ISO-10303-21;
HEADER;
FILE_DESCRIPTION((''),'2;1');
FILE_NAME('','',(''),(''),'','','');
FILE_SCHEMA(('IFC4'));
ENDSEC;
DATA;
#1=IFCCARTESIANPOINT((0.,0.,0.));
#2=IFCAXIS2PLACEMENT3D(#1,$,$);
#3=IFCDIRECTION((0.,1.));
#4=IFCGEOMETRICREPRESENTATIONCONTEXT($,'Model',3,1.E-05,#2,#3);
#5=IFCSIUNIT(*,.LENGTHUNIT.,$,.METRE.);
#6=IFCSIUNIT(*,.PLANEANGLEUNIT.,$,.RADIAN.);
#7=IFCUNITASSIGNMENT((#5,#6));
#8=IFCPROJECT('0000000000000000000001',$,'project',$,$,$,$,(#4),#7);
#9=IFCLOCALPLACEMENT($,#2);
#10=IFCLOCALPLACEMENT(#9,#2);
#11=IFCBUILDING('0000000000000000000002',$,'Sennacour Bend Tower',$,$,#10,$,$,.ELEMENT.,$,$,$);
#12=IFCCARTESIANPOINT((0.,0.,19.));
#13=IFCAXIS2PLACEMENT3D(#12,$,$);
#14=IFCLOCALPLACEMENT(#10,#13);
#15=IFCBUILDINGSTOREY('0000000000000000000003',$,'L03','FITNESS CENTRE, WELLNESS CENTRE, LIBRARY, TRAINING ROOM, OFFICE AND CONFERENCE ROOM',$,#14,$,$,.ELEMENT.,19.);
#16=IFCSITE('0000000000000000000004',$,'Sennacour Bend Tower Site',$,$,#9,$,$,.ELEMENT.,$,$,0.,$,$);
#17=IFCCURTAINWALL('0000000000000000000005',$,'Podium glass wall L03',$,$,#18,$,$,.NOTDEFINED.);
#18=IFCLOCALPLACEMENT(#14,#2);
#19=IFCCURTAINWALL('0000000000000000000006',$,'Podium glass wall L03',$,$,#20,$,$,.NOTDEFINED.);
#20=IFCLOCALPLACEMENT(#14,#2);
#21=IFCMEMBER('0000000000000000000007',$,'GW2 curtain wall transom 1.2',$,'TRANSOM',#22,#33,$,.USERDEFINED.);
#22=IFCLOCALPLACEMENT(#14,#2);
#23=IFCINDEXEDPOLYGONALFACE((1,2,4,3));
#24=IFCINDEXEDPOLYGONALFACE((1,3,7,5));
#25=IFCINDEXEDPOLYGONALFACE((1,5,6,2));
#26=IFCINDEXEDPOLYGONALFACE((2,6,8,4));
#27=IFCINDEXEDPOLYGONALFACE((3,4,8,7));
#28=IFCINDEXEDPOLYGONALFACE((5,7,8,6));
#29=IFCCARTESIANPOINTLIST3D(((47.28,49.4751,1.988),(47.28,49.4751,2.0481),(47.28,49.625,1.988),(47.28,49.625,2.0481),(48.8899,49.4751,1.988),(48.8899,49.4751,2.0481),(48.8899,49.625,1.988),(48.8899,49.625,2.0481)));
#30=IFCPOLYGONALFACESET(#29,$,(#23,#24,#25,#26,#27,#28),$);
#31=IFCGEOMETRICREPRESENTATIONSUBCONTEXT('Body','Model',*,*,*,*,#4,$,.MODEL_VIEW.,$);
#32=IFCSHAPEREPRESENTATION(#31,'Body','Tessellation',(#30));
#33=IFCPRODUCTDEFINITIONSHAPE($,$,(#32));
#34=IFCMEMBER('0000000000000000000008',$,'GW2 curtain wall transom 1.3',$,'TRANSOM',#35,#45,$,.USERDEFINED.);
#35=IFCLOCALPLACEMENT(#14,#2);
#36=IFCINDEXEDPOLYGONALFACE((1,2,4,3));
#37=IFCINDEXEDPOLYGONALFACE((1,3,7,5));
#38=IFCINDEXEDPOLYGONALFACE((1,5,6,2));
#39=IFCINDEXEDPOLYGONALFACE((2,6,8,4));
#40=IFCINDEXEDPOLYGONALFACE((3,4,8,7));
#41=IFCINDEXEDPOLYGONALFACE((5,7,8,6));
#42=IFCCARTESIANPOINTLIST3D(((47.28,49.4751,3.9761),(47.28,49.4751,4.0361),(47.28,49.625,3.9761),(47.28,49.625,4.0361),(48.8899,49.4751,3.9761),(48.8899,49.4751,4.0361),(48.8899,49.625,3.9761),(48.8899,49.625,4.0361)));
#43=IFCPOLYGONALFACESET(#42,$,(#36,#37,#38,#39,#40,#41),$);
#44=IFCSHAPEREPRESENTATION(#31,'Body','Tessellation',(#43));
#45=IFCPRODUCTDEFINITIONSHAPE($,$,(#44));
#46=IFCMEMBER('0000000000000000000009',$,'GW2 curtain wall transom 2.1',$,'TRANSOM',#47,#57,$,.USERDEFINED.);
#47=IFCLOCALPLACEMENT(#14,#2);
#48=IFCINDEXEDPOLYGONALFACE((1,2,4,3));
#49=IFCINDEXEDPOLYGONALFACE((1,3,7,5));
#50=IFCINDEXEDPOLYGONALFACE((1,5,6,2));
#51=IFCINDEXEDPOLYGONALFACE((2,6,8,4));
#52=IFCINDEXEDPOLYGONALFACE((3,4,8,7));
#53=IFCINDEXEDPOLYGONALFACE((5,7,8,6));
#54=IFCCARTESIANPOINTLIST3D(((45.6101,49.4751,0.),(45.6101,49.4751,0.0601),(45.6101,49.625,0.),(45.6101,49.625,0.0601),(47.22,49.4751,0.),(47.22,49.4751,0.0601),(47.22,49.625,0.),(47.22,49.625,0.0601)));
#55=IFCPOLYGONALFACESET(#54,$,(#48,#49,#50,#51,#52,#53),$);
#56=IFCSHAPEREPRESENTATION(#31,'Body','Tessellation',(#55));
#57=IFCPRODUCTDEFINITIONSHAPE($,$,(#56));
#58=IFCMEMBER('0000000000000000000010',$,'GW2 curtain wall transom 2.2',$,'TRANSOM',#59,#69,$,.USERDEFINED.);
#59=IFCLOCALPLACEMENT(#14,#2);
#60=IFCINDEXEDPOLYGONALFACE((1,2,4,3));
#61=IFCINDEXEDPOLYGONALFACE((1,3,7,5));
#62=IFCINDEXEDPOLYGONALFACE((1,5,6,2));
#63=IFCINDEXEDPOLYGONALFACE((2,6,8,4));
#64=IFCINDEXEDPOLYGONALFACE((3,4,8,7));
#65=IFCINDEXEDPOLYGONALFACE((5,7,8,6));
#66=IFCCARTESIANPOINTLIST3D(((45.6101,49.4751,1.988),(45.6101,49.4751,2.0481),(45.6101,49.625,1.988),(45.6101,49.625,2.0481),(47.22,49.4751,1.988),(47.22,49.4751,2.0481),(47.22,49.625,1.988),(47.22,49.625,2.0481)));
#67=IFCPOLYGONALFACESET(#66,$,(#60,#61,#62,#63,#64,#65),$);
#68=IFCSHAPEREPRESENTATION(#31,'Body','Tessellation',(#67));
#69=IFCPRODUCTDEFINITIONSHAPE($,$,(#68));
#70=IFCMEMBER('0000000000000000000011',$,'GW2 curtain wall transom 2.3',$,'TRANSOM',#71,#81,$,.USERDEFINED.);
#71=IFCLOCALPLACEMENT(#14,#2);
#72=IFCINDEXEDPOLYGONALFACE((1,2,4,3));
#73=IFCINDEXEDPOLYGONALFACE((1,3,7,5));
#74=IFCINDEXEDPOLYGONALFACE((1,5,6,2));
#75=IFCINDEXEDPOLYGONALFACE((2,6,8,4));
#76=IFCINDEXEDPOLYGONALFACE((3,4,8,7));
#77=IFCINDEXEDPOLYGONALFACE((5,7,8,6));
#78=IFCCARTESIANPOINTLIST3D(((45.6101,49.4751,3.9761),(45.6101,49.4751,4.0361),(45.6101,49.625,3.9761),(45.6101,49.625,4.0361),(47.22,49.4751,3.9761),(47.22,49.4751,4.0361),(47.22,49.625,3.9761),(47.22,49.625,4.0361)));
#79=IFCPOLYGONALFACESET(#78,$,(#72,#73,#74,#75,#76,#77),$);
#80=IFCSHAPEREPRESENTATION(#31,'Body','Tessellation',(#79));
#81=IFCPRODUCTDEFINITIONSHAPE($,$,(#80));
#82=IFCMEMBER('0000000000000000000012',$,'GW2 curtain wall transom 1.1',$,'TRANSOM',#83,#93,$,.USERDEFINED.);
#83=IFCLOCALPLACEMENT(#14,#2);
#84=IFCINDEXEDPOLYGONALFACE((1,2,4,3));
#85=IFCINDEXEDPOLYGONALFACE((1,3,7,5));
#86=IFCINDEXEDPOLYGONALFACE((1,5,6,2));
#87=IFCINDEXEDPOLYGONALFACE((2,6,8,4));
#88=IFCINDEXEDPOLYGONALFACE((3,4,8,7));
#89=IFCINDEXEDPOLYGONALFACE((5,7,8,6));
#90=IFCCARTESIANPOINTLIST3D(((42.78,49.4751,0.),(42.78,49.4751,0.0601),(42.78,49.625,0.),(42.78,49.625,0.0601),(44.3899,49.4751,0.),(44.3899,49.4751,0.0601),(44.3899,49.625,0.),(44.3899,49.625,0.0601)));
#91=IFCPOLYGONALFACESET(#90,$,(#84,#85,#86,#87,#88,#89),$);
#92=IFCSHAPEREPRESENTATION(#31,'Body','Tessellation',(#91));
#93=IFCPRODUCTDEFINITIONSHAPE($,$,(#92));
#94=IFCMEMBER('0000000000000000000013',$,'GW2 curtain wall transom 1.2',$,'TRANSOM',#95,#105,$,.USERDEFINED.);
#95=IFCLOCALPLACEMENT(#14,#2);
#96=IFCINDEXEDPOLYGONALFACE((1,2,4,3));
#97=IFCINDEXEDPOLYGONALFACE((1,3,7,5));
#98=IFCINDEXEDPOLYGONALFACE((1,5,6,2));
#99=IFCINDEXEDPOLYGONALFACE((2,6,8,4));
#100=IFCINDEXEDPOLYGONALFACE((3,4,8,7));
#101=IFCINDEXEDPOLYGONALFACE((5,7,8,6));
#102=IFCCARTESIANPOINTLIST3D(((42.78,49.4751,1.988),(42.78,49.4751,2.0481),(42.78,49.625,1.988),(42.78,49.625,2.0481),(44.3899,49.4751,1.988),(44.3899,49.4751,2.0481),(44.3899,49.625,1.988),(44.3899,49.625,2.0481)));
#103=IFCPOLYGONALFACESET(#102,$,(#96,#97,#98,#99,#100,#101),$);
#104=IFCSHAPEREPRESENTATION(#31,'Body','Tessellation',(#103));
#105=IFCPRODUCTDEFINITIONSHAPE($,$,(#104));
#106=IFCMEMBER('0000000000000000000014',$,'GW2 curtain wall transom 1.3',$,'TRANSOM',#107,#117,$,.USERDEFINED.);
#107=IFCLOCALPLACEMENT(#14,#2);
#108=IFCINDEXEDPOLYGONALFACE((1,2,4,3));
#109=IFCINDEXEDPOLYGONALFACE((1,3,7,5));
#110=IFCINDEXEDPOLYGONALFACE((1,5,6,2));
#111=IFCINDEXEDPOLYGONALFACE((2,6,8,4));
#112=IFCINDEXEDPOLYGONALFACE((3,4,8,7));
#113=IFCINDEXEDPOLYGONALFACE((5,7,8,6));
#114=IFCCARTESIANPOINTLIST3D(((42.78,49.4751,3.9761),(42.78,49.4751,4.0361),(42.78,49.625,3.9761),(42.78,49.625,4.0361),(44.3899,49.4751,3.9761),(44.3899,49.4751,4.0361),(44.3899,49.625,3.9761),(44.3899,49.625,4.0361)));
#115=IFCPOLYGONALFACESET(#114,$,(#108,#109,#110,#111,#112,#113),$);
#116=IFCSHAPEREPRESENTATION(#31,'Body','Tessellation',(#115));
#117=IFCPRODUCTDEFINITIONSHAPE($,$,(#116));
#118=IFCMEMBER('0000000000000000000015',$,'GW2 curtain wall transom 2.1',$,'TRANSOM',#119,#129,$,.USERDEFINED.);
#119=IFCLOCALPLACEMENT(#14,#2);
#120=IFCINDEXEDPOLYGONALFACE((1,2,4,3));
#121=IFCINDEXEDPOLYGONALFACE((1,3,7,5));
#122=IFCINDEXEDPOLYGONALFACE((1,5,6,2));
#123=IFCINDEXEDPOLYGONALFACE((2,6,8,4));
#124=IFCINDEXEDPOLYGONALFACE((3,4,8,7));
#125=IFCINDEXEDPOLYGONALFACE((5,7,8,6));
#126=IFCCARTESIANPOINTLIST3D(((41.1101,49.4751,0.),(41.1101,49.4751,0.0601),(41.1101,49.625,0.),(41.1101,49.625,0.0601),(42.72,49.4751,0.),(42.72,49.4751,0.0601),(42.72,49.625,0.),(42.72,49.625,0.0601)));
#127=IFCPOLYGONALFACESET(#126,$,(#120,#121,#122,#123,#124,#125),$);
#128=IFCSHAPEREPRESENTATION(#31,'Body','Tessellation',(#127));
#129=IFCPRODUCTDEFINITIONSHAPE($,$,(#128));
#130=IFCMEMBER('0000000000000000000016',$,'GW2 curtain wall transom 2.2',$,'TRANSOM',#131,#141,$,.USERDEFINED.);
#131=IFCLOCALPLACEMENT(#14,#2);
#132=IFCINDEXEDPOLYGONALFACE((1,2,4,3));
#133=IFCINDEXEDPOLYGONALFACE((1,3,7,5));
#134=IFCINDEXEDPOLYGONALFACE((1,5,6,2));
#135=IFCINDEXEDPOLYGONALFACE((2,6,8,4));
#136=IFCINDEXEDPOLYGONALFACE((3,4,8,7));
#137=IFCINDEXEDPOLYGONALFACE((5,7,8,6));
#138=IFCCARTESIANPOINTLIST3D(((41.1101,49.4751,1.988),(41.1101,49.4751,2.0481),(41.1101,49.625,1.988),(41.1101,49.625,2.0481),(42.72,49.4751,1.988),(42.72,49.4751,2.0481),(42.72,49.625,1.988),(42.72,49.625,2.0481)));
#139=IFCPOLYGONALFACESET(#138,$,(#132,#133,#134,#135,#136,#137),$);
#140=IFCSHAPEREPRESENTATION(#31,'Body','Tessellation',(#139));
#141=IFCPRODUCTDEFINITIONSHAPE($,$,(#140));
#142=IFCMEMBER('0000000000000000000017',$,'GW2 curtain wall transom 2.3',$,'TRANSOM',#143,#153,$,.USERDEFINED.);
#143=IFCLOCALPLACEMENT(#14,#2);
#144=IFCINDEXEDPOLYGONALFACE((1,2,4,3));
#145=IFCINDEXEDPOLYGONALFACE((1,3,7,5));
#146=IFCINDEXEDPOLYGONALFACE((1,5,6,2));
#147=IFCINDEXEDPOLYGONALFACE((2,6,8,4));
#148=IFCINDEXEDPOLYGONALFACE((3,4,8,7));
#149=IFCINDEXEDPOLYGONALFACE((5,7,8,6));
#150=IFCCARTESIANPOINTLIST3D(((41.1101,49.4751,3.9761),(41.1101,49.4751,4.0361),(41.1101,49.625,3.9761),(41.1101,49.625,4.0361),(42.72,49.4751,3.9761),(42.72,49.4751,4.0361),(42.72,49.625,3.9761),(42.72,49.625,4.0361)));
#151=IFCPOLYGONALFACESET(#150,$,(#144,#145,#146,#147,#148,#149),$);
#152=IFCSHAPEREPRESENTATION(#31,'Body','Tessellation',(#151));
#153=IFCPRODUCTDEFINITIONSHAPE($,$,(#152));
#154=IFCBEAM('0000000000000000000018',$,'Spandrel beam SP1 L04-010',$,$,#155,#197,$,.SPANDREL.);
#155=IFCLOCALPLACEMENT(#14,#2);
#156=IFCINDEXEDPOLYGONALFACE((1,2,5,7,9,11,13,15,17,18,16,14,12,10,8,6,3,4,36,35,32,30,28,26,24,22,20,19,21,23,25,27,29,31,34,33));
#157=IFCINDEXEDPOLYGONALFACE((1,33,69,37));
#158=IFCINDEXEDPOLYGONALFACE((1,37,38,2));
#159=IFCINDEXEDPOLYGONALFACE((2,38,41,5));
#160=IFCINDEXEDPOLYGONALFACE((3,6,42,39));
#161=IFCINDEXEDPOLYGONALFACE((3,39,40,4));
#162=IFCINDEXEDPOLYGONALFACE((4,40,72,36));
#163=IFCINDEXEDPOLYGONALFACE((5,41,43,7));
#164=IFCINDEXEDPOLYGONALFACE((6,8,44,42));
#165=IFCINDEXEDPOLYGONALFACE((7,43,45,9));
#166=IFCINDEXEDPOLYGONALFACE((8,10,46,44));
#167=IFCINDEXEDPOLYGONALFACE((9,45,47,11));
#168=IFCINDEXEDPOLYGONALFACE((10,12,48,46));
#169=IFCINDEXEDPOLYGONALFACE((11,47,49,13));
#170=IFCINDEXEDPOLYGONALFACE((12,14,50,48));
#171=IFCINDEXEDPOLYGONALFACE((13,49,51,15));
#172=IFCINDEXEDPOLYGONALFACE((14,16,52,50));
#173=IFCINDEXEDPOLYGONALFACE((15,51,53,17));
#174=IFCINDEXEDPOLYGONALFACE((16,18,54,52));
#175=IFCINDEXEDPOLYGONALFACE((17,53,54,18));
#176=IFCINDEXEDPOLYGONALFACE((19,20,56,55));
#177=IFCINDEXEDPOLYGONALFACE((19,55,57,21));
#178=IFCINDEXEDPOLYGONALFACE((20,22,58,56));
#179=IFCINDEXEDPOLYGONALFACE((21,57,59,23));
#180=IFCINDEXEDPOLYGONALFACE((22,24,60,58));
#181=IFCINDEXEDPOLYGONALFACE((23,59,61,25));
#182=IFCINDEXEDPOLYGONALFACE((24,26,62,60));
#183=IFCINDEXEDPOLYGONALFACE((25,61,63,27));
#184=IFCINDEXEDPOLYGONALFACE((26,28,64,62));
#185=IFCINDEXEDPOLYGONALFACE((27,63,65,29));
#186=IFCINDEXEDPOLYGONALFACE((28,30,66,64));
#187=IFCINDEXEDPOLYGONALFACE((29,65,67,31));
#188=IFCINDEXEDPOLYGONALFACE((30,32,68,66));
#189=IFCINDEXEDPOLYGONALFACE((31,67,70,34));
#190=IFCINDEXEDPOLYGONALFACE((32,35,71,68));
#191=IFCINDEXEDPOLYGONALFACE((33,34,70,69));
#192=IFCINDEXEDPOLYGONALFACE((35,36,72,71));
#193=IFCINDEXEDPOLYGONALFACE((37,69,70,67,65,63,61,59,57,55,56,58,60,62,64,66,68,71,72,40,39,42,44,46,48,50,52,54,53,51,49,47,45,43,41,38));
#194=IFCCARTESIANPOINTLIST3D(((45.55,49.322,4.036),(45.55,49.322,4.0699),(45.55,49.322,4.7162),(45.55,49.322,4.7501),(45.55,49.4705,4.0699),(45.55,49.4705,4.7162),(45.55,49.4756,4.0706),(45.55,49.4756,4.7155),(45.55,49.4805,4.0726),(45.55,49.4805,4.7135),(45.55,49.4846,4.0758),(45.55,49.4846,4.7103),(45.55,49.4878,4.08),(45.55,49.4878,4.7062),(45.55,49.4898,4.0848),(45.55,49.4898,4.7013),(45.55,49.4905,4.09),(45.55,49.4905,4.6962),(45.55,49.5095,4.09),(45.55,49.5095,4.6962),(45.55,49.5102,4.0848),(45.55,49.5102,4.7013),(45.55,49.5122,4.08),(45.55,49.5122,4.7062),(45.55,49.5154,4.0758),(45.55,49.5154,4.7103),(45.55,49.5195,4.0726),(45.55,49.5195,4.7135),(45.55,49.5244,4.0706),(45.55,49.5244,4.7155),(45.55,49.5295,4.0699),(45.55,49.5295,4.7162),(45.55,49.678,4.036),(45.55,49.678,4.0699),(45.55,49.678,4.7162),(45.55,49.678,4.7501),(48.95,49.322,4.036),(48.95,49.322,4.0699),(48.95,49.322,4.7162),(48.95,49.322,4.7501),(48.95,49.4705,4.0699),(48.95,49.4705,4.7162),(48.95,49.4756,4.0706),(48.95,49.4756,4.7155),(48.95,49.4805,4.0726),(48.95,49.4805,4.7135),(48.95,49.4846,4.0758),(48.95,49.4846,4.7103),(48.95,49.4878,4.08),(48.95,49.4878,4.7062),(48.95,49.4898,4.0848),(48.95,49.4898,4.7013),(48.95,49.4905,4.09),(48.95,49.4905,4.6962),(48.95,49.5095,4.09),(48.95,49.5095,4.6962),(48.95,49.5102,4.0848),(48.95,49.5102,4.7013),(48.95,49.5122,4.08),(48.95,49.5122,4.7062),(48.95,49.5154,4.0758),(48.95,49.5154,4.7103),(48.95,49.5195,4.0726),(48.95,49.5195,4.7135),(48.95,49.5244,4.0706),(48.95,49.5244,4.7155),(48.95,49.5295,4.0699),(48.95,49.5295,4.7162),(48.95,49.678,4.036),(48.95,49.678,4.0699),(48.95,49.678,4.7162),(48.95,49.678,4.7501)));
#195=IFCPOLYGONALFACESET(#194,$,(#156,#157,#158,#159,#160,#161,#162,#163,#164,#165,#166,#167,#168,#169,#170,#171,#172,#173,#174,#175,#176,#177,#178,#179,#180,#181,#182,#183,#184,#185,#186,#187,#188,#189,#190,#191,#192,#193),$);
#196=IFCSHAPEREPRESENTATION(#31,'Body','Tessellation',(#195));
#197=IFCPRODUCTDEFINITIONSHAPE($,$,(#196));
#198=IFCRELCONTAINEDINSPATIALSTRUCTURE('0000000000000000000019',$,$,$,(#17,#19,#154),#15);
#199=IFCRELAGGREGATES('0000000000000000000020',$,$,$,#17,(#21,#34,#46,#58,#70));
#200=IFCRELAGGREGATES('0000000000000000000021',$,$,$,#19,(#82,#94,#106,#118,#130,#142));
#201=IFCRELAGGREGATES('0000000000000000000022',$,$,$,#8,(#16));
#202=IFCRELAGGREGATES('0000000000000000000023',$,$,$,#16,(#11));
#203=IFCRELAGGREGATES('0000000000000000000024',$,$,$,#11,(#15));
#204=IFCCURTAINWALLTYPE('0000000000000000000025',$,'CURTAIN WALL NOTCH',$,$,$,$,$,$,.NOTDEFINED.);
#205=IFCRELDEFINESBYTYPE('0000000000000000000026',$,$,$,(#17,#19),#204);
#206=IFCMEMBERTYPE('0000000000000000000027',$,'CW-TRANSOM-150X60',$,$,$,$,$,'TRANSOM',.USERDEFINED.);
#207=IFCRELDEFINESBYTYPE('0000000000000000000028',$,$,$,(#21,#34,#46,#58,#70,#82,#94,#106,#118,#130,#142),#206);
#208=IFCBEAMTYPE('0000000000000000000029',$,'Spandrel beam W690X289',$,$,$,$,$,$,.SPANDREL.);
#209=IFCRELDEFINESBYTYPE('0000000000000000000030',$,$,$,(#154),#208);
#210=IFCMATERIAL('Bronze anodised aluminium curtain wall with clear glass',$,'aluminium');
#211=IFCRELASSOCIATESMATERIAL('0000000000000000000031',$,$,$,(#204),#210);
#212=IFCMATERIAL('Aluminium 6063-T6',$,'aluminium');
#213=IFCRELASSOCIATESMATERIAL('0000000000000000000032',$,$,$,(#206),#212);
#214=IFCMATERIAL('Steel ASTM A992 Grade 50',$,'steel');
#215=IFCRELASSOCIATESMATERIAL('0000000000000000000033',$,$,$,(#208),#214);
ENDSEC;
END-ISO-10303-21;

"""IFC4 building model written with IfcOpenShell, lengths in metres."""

from ifc_helpers import new_model, si_unit, direction, frame, origin, origin_2d, place, context, subcontext, project, spatial, rectangle, i_section, extrude, material, material_profile, profile_set, type_object, element, aggregate, save


model = new_model("IFC4")

# Units and contexts
model_context = context("Model", 3, precision=1e-05, world=origin(), true_north=direction((0.0, 1.0)))
body_context = subcontext(model_context, "Body", "Model", "MODEL_VIEW")
ifc_project = project(units=[si_unit("LENGTHUNIT", "METRE"), si_unit("PLANEANGLEUNIT", "RADIAN")], contexts=[model_context])

# Site, building, storey
site_placement = place(None, origin())
site = spatial("IfcSite", under=ifc_project, at=site_placement, Name="Sennacour Bend Tower Site", CompositionType="ELEMENT", RefElevation=0.0)
building_placement = place(site_placement, origin())
building = spatial("IfcBuilding", under=site, at=building_placement, Name="Sennacour Bend Tower", CompositionType="ELEMENT")
storey_placement = place(building_placement, frame((0.0, 0.0, 19.0)))
storey = spatial("IfcBuildingStorey", under=building, at=storey_placement, Name="L03", Description="FITNESS CENTRE, WELLNESS CENTRE, LIBRARY, TRAINING ROOM, OFFICE AND CONFERENCE ROOM", CompositionType="ELEMENT", Elevation=19.0)

# Curtain walls
ifc_material_1 = material(Name="Bronze anodised aluminium curtain wall with clear glass", Category="aluminium")
curtain_wall_type = type_object("IfcCurtainWallType", Name="CURTAIN WALL NOTCH", PredefinedType="NOTDEFINED", material=ifc_material_1)
ifc_material_2 = material(Name="Aluminium 6063-T6", Category="aluminium")
curtain_wall_1_placement = place(storey_placement, origin())
curtain_wall_1 = element("IfcCurtainWall", 1, at=curtain_wall_1_placement, inside=storey, type_object=curtain_wall_type, Name="Podium glass wall L03", PredefinedType="NOTDEFINED")
curtain_wall_2_placement = place(storey_placement, origin())
curtain_wall_2 = element("IfcCurtainWall", 2, at=curtain_wall_2_placement, inside=storey, type_object=curtain_wall_type, Name="Podium glass wall L03", PredefinedType="NOTDEFINED")

# Members
ifc_material_profile_1 = material_profile(ifc_material_2, rectangle(XDim=0.1499, YDim=0.0601, at=origin_2d()), Name="Aluminium 6063-T6", Category="aluminium")
ifc_profile_set_1 = profile_set([ifc_material_profile_1], Name="Aluminium 6063-T6")
member_type_1 = type_object("IfcMemberType", Name="CW-TRANSOM-150X60", ElementType="TRANSOM", PredefinedType="USERDEFINED", material=ifc_profile_set_1)
member_1_placement = place(storey_placement, frame((48.8899, 49.55, 2.0181), z_axis=(-1.0, 0.0, 0.0), x_axis=(0.0, -1.0, 0.0)))
member_1 = element("IfcMember", 3, at=member_1_placement, type_object=member_type_1, Name="GW2 curtain wall transom 1.2", ObjectType="TRANSOM", PredefinedType="USERDEFINED", context=body_context, shape_type="SweptSolid", body=[
    extrude(rectangle(XDim=0.1499, YDim=0.0601, at=origin_2d()), origin(), (0.0, 0.0, 1.0), 1.6099),
])
member_2_placement = place(storey_placement, frame((48.8899, 49.55, 4.0061), z_axis=(-1.0, 0.0, 0.0), x_axis=(0.0, -1.0, 0.0)))
member_2 = element("IfcMember", 4, at=member_2_placement, type_object=member_type_1, Name="GW2 curtain wall transom 1.3", ObjectType="TRANSOM", PredefinedType="USERDEFINED", context=body_context, shape_type="SweptSolid", body=[
    extrude(rectangle(XDim=0.1499, YDim=0.0601, at=origin_2d()), origin(), (0.0, 0.0, 1.0), 1.6099),
])
member_3_placement = place(storey_placement, frame((47.22, 49.55, 0.03), z_axis=(-1.0, 0.0, 0.0), x_axis=(0.0, -1.0, 0.0)))
member_3 = element("IfcMember", 5, at=member_3_placement, type_object=member_type_1, Name="GW2 curtain wall transom 2.1", ObjectType="TRANSOM", PredefinedType="USERDEFINED", context=body_context, shape_type="SweptSolid", body=[
    extrude(rectangle(XDim=0.1499, YDim=0.0601, at=origin_2d()), origin(), (0.0, 0.0, 1.0), 1.6099),
])
member_4_placement = place(storey_placement, frame((47.22, 49.55, 2.0181), z_axis=(-1.0, 0.0, 0.0), x_axis=(0.0, -1.0, 0.0)))
member_4 = element("IfcMember", 6, at=member_4_placement, type_object=member_type_1, Name="GW2 curtain wall transom 2.2", ObjectType="TRANSOM", PredefinedType="USERDEFINED", context=body_context, shape_type="SweptSolid", body=[
    extrude(rectangle(XDim=0.1499, YDim=0.0601, at=origin_2d()), origin(), (0.0, 0.0, 1.0), 1.6099),
])
member_5_placement = place(storey_placement, frame((47.22, 49.55, 4.0061), z_axis=(-1.0, 0.0, 0.0), x_axis=(0.0, -1.0, 0.0)))
member_5 = element("IfcMember", 7, at=member_5_placement, type_object=member_type_1, Name="GW2 curtain wall transom 2.3", ObjectType="TRANSOM", PredefinedType="USERDEFINED", context=body_context, shape_type="SweptSolid", body=[
    extrude(rectangle(XDim=0.1499, YDim=0.0601, at=origin_2d()), origin(), (0.0, 0.0, 1.0), 1.6099),
])
member_6_placement = place(storey_placement, frame((44.3899, 49.55, 0.03), z_axis=(-1.0, 0.0, 0.0), x_axis=(0.0, -1.0, 0.0)))
member_6 = element("IfcMember", 8, at=member_6_placement, type_object=member_type_1, Name="GW2 curtain wall transom 1.1", ObjectType="TRANSOM", PredefinedType="USERDEFINED", context=body_context, shape_type="SweptSolid", body=[
    extrude(rectangle(XDim=0.1499, YDim=0.0601, at=origin_2d()), origin(), (0.0, 0.0, 1.0), 1.6099),
])
member_7_placement = place(storey_placement, frame((44.3899, 49.55, 2.0181), z_axis=(-1.0, 0.0, 0.0), x_axis=(0.0, -1.0, 0.0)))
member_7 = element("IfcMember", 9, at=member_7_placement, type_object=member_type_1, Name="GW2 curtain wall transom 1.2", ObjectType="TRANSOM", PredefinedType="USERDEFINED", context=body_context, shape_type="SweptSolid", body=[
    extrude(rectangle(XDim=0.1499, YDim=0.0601, at=origin_2d()), origin(), (0.0, 0.0, 1.0), 1.6099),
])
member_8_placement = place(storey_placement, frame((44.3899, 49.55, 4.0061), z_axis=(-1.0, 0.0, 0.0), x_axis=(0.0, -1.0, 0.0)))
member_8 = element("IfcMember", 10, at=member_8_placement, type_object=member_type_1, Name="GW2 curtain wall transom 1.3", ObjectType="TRANSOM", PredefinedType="USERDEFINED", context=body_context, shape_type="SweptSolid", body=[
    extrude(rectangle(XDim=0.1499, YDim=0.0601, at=origin_2d()), origin(), (0.0, 0.0, 1.0), 1.6099),
])
member_9_placement = place(storey_placement, frame((42.72, 49.55, 0.03), z_axis=(-1.0, 0.0, 0.0), x_axis=(0.0, -1.0, 0.0)))
member_9 = element("IfcMember", 11, at=member_9_placement, type_object=member_type_1, Name="GW2 curtain wall transom 2.1", ObjectType="TRANSOM", PredefinedType="USERDEFINED", context=body_context, shape_type="SweptSolid", body=[
    extrude(rectangle(XDim=0.1499, YDim=0.0601, at=origin_2d()), origin(), (0.0, 0.0, 1.0), 1.6099),
])
member_10_placement = place(storey_placement, frame((42.72, 49.55, 2.0181), z_axis=(-1.0, 0.0, 0.0), x_axis=(0.0, -1.0, 0.0)))
member_10 = element("IfcMember", 12, at=member_10_placement, type_object=member_type_1, Name="GW2 curtain wall transom 2.2", ObjectType="TRANSOM", PredefinedType="USERDEFINED", context=body_context, shape_type="SweptSolid", body=[
    extrude(rectangle(XDim=0.1499, YDim=0.0601, at=origin_2d()), origin(), (0.0, 0.0, 1.0), 1.6099),
])
member_11_placement = place(storey_placement, frame((42.72, 49.55, 4.0061), z_axis=(-1.0, 0.0, 0.0), x_axis=(0.0, -1.0, 0.0)))
member_11 = element("IfcMember", 13, at=member_11_placement, type_object=member_type_1, Name="GW2 curtain wall transom 2.3", ObjectType="TRANSOM", PredefinedType="USERDEFINED", context=body_context, shape_type="SweptSolid", body=[
    extrude(rectangle(XDim=0.1499, YDim=0.0601, at=origin_2d()), origin(), (0.0, 0.0, 1.0), 1.6099),
])

# Beam
ifc_material_3 = material(Name="Steel ASTM A992 Grade 50", Category="steel")
ifc_material_profile_2 = material_profile(ifc_material_3, i_section(OverallWidth=0.356, OverallDepth=0.7141, WebThickness=0.019, FlangeThickness=0.0339, FilletRadius=0.02, at=origin_2d()), Name="Steel ASTM A992 Grade 50", Category="steel")
ifc_profile_set_2 = profile_set([ifc_material_profile_2], Name="Steel ASTM A992 Grade 50")
beam_type = type_object("IfcBeamType", Name="Spandrel beam W690X289", PredefinedType="SPANDREL", material=ifc_profile_set_2)
for number, where, z_axis, x_axis, name in (
    (14, (48.95, 49.5, 4.3931), (-1.0, 0.0, 0.0), (0.0, -1.0, 0.0), "Spandrel beam SP1 L04-010"),
):
    element("IfcBeam", number, at=place(storey_placement, frame(where, z_axis=z_axis, x_axis=x_axis)), inside=storey, type_object=beam_type, Name=name, PredefinedType="SPANDREL", context=body_context, shape_type="SweptSolid", body=[
        extrude(i_section(OverallWidth=0.356, OverallDepth=0.7141, WebThickness=0.019, FlangeThickness=0.0339, FilletRadius=0.02, at=origin_2d()), origin(), (0.0, 0.0, 1.0), 3.3999),
    ])

aggregate(curtain_wall_1, [member_1, member_2, member_3, member_4, member_5])
aggregate(curtain_wall_2, [member_6, member_7, member_8, member_9, member_10, member_11])

save(model, "model.ifc")
